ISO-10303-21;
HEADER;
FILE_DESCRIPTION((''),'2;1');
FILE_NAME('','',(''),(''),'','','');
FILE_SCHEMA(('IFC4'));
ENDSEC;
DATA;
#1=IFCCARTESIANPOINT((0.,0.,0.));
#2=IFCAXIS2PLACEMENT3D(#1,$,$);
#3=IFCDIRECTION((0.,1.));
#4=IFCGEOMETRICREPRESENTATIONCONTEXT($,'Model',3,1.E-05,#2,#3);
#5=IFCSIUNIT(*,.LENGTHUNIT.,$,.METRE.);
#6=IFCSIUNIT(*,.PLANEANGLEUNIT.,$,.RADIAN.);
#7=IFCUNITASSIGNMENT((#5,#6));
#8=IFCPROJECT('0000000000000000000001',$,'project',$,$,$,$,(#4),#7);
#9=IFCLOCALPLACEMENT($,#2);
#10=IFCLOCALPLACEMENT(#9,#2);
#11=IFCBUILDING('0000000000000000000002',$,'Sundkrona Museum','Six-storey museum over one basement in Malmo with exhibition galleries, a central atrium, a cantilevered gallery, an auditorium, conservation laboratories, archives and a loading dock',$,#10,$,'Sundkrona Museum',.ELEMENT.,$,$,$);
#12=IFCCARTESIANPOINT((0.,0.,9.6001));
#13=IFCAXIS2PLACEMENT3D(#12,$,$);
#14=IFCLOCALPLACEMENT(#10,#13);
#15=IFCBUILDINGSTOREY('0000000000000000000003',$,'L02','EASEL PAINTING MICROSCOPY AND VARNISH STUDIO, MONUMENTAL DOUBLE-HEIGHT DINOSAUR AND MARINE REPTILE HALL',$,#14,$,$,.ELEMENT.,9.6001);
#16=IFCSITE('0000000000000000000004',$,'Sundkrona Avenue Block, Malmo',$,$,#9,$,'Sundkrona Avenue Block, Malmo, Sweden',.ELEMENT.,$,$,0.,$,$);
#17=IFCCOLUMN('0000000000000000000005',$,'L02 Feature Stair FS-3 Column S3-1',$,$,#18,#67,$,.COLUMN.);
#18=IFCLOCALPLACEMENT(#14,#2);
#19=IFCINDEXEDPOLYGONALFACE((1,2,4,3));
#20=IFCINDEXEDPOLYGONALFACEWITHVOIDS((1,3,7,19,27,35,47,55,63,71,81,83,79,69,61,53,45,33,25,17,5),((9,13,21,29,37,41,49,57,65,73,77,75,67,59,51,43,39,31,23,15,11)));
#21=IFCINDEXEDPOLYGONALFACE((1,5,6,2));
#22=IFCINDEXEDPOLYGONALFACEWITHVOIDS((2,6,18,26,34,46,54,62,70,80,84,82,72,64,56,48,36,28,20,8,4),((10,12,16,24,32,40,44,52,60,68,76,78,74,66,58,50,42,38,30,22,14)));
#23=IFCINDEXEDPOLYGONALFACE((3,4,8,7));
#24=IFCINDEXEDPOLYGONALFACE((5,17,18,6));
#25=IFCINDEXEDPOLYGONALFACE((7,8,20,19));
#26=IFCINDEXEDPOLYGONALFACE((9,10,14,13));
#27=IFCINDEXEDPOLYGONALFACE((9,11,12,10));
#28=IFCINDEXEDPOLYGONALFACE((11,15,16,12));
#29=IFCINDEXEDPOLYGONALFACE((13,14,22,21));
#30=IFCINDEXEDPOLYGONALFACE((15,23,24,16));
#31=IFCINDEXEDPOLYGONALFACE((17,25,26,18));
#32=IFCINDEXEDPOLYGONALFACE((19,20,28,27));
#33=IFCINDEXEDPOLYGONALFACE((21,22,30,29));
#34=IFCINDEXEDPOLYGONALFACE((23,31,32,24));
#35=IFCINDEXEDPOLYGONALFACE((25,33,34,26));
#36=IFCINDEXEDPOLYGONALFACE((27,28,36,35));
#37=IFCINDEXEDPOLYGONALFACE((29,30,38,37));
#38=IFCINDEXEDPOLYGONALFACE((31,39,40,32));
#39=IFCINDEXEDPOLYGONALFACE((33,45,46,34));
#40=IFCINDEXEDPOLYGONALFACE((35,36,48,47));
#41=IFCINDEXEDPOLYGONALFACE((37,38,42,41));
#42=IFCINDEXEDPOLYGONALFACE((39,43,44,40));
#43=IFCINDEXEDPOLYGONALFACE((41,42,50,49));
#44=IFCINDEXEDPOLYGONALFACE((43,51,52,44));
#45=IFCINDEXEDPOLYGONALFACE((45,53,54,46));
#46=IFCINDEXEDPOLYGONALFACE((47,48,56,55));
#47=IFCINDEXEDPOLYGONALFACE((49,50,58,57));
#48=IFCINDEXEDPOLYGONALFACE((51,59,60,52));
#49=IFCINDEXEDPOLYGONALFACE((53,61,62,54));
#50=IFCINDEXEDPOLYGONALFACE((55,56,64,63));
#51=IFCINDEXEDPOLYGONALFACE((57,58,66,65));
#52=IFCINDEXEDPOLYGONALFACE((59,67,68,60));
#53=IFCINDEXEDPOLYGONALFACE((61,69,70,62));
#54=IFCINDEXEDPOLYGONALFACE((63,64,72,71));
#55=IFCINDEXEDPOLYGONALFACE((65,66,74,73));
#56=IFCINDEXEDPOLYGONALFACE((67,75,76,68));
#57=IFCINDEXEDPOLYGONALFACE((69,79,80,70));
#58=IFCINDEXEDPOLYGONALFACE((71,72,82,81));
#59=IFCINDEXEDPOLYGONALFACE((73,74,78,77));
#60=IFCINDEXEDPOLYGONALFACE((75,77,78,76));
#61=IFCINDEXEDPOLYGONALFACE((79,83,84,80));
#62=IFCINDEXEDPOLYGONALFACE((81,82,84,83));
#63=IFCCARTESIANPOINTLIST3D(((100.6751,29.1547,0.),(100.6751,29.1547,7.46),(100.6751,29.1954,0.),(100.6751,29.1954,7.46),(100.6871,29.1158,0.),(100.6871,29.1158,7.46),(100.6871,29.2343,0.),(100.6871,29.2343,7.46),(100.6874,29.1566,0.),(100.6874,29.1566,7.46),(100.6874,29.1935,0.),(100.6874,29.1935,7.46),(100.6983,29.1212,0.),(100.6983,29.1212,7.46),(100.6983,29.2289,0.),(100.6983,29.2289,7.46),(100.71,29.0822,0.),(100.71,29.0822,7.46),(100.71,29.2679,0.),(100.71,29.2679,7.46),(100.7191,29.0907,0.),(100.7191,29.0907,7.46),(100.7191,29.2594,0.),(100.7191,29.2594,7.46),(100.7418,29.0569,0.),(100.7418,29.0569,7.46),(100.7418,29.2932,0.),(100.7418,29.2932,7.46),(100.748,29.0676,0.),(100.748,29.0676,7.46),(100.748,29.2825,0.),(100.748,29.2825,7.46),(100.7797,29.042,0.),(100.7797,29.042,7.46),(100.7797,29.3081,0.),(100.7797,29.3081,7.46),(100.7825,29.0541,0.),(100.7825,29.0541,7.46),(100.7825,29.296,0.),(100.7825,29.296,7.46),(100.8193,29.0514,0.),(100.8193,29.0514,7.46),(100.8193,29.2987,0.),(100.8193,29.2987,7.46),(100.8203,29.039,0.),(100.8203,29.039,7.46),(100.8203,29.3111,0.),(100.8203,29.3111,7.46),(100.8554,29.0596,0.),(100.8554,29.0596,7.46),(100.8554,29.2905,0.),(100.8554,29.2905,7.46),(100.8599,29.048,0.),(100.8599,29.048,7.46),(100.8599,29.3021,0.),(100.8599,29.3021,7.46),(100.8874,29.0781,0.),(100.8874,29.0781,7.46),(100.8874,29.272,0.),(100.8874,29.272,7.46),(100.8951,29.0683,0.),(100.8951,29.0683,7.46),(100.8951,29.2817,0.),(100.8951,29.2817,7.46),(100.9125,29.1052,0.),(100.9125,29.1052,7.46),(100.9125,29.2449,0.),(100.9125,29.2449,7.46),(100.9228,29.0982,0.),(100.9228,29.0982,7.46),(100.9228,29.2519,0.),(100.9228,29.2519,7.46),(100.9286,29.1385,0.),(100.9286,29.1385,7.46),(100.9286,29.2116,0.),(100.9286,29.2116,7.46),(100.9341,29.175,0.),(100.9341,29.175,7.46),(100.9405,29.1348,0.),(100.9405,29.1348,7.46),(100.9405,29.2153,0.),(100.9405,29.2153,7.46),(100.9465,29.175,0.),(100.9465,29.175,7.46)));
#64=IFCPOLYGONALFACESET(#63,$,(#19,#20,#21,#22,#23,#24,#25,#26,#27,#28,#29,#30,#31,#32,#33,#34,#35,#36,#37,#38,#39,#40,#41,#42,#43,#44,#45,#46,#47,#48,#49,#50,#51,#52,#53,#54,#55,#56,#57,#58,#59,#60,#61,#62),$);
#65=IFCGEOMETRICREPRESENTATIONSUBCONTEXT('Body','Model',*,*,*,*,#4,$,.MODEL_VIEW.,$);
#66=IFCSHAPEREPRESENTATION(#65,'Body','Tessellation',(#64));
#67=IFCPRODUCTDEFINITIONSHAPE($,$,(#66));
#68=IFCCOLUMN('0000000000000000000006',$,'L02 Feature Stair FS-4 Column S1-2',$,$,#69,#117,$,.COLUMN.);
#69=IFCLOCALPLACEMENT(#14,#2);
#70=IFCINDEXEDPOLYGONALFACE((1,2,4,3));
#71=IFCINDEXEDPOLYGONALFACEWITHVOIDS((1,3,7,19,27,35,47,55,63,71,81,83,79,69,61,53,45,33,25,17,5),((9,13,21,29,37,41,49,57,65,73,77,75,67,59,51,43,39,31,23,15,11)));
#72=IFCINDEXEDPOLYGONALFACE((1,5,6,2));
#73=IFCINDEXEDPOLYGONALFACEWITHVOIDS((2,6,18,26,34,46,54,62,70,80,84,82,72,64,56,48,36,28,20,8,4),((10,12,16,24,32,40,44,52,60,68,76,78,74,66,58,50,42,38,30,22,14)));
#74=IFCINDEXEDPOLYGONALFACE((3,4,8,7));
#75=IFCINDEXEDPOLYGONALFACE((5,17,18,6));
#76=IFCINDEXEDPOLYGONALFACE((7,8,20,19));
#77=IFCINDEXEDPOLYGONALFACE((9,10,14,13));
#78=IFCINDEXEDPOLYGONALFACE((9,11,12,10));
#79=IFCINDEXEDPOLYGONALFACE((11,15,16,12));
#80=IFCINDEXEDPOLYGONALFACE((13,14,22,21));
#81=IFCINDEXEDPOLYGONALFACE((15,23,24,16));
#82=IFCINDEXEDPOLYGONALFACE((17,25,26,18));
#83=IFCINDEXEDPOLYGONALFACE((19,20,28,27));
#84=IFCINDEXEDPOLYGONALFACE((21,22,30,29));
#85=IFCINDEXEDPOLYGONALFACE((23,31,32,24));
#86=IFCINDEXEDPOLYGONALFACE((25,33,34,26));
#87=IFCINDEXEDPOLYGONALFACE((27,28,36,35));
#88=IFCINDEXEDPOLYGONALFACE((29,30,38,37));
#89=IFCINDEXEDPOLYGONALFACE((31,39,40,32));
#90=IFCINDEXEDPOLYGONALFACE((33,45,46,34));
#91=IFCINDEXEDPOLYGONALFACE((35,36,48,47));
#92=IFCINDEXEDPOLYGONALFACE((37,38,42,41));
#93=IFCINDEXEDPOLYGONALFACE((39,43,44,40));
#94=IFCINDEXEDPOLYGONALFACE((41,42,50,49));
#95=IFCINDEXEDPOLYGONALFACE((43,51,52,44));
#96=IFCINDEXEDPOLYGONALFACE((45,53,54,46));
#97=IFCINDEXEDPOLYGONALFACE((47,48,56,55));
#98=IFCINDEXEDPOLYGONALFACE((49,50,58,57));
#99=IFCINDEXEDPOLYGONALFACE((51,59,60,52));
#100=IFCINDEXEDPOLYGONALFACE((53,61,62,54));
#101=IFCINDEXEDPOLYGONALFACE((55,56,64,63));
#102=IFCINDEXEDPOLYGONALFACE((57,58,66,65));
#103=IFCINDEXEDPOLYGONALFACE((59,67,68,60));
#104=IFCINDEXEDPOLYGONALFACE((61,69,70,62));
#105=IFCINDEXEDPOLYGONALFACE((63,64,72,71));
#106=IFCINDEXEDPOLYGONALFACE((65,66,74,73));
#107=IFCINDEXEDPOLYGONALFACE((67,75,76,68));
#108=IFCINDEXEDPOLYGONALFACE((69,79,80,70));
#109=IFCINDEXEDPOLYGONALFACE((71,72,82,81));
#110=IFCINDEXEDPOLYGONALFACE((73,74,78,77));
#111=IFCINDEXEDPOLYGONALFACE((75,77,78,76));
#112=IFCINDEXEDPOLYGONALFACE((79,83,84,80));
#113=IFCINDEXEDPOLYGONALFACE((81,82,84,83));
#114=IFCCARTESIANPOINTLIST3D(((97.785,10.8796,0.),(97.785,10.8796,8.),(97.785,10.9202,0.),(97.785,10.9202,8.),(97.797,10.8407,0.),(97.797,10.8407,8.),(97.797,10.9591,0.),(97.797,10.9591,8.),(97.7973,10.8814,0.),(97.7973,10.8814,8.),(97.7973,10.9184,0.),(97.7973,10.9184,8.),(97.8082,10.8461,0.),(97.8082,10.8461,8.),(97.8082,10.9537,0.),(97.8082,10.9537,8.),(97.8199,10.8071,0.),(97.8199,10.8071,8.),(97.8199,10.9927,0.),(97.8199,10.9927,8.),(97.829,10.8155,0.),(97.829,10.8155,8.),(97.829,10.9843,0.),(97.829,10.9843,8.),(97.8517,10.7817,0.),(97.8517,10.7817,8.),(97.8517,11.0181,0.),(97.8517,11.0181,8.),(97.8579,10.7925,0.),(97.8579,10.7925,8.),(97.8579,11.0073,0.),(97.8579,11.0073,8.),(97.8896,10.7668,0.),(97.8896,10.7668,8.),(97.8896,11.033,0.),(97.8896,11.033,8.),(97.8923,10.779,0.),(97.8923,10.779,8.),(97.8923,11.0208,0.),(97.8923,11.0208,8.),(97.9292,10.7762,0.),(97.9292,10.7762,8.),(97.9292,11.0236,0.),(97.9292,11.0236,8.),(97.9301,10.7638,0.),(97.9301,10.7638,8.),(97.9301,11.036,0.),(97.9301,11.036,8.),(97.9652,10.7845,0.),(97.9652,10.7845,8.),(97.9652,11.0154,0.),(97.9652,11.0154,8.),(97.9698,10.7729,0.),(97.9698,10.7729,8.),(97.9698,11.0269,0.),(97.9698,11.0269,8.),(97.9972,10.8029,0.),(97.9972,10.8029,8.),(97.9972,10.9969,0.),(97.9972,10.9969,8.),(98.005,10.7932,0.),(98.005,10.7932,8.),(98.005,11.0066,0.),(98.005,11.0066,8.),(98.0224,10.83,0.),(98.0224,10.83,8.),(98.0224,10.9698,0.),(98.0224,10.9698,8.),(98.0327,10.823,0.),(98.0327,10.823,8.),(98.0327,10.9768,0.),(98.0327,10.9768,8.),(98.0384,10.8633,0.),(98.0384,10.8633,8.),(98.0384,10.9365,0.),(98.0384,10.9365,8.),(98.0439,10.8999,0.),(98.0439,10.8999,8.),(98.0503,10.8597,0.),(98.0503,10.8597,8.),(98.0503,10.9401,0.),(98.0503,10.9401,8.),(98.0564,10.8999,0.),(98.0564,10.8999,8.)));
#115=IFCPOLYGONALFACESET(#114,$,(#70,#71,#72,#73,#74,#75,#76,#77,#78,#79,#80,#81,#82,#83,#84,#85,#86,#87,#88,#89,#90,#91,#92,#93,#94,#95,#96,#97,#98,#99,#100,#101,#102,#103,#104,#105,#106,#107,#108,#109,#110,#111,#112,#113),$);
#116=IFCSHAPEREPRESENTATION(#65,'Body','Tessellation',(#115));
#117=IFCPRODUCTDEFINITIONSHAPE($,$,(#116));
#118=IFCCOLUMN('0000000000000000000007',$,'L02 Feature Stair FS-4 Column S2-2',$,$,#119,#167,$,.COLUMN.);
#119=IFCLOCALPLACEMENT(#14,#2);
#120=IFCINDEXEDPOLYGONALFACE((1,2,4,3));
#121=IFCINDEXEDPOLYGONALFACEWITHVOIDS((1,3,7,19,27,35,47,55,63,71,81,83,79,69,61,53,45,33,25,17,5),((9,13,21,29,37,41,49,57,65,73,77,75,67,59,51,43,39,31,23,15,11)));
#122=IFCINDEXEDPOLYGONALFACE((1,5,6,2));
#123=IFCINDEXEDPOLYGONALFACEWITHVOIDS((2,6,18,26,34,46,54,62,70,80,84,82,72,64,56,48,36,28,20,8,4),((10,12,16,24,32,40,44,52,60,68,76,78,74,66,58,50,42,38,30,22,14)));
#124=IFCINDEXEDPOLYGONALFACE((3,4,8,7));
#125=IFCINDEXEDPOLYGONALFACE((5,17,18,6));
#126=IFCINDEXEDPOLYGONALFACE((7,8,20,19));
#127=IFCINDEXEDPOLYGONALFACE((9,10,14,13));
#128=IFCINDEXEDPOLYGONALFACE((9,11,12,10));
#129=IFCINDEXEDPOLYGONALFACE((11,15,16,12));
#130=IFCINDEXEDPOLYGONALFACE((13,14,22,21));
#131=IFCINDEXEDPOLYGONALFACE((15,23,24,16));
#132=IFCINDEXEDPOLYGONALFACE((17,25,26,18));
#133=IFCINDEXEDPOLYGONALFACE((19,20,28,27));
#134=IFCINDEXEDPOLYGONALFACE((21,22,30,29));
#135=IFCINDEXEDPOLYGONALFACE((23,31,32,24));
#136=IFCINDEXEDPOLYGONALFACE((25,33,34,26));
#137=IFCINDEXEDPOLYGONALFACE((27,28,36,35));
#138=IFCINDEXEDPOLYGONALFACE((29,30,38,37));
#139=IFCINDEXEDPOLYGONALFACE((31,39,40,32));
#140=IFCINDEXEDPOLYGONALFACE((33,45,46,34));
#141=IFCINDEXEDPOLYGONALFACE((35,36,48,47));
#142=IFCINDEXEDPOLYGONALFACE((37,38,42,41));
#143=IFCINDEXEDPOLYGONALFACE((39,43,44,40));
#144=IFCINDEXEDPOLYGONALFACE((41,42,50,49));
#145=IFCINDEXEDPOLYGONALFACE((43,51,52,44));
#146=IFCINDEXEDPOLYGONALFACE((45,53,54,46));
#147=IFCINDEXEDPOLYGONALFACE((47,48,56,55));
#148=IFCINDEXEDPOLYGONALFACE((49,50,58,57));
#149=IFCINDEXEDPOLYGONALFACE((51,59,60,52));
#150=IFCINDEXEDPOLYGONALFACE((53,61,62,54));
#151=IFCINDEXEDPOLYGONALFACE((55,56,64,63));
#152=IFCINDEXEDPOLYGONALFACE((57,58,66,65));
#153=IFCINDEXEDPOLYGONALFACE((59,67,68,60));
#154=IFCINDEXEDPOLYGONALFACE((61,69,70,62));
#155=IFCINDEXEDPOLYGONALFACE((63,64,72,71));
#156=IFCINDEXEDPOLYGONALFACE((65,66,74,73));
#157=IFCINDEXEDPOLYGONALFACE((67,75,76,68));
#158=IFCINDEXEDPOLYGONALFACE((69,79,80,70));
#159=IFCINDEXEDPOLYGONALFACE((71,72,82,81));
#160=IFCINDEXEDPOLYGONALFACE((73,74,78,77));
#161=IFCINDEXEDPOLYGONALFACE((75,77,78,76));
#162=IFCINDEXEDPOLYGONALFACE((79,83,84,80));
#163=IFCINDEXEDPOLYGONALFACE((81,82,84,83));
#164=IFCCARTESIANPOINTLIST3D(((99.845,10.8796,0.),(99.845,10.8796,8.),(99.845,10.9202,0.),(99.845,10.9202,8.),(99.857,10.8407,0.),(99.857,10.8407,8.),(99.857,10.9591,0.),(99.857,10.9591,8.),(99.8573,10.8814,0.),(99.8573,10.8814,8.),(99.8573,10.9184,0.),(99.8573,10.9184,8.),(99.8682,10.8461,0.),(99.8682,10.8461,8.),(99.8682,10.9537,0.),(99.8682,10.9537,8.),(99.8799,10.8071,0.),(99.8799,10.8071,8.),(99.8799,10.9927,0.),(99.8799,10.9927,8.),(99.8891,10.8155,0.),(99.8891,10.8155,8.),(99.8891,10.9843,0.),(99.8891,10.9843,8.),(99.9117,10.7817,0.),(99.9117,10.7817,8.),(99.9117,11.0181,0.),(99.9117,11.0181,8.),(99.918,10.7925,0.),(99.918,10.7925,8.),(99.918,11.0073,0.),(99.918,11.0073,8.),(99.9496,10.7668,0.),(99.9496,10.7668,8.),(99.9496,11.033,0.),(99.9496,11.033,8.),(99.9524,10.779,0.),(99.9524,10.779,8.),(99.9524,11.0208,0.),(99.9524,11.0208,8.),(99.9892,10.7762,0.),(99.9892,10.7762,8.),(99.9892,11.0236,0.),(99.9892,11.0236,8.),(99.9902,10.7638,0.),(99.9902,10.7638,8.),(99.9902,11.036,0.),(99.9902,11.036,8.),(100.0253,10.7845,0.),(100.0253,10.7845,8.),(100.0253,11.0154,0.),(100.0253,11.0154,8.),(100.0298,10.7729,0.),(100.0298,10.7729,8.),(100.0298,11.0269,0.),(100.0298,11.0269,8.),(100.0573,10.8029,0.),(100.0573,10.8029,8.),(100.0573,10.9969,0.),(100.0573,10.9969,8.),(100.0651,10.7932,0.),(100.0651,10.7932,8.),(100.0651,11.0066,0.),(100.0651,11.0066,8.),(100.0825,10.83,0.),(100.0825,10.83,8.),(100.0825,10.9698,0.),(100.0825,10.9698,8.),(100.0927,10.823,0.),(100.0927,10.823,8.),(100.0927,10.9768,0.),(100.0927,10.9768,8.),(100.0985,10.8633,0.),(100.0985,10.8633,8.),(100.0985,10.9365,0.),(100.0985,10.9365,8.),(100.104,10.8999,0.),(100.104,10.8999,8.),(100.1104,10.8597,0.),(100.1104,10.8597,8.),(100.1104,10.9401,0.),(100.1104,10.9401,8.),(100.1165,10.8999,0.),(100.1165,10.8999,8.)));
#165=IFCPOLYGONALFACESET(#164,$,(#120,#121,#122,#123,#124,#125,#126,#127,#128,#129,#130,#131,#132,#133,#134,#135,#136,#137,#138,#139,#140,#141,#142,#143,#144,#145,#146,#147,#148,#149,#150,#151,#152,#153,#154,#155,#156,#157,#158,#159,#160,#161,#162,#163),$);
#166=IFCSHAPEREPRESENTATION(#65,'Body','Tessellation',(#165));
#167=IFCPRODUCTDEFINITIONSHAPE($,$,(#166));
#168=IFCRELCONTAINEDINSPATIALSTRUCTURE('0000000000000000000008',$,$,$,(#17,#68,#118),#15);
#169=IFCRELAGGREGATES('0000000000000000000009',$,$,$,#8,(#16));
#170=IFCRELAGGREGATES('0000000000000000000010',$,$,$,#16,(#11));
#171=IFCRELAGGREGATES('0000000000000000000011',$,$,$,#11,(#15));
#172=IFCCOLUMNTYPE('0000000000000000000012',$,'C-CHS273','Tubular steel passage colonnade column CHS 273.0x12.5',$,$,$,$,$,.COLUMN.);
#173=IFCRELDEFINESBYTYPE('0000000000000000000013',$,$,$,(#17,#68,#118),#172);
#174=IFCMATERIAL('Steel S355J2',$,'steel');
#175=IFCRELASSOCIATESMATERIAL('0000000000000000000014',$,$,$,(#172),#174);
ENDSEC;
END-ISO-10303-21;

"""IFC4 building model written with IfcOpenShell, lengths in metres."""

from ifc_helpers import new_model, si_unit, direction, frame, origin, origin_2d, place, context, subcontext, project, spatial, hollow_circle, extrude, material, material_profile, profile_set, type_object, element, save


model = new_model("IFC4")

# Units and contexts
model_context = context("Model", 3, precision=1e-05, world=origin(), true_north=direction((0.0, 1.0)))
body_context = subcontext(model_context, "Body", "Model", "MODEL_VIEW")
ifc_project = project(units=[si_unit("LENGTHUNIT", "METRE"), si_unit("PLANEANGLEUNIT", "RADIAN")], contexts=[model_context])

# Site, building, storey
site_placement = place(None, origin())
site = spatial("IfcSite", under=ifc_project, at=site_placement, Name="Sundkrona Avenue Block, Malmo", LongName="Sundkrona Avenue Block, Malmo, Sweden", CompositionType="ELEMENT", RefElevation=0.0)
building_placement = place(site_placement, origin())
building = spatial("IfcBuilding", under=site, at=building_placement, Name="Sundkrona Museum", Description="Six-storey museum over one basement in Malmo with exhibition galleries, a central atrium, a cantilevered gallery, an auditorium, conservation laboratories, archives and a loading dock", LongName="Sundkrona Museum", CompositionType="ELEMENT")
storey_placement = place(building_placement, frame((0.0, 0.0, 9.6001)))
storey = spatial("IfcBuildingStorey", under=building, at=storey_placement, Name="L02", Description="EASEL PAINTING MICROSCOPY AND VARNISH STUDIO, MONUMENTAL DOUBLE-HEIGHT DINOSAUR AND MARINE REPTILE HALL", CompositionType="ELEMENT", Elevation=9.6001)

# Columns
ifc_material_1 = material(Name="Steel S355J2", Category="steel")
ifc_material_profile_1 = material_profile(ifc_material_1, hollow_circle(Radius=0.1365, WallThickness=0.0125, at=origin_2d()), Name="CHS 273.0x12.5")
ifc_profile_set_1 = profile_set([ifc_material_profile_1], Name="Steel S355J2")
column_type = type_object("IfcColumnType", Name="C-CHS273", Description="Tubular steel passage colonnade column CHS 273.0x12.5", PredefinedType="COLUMN", material=ifc_profile_set_1)
column_placement = place(storey_placement, frame((100.8101, 29.175, 0.0), z_axis=(0.0, 0.0, 1.0), x_axis=(1.0, 0.0, 0.0)))
element("IfcColumn", 1, at=column_placement, inside=storey, type_object=column_type, Name="L02 Feature Stair FS-3 Column S3-1", PredefinedType="COLUMN", context=body_context, shape_type="SweptSolid", body=[
    extrude(hollow_circle(Radius=0.1365, WallThickness=0.0125, at=origin_2d()), origin(), (0.0, 0.0, 1.0), 7.46),
])
for number, where, z_axis, x_axis, name in (
    (2, (97.9199, 10.8999, 0.0), (0.0, 0.0, 1.0), (1.0, 0.0, 0.0), "L02 Feature Stair FS-4 Column S1-2"),
    (3, (99.98, 10.8999, 0.0), (0.0, 0.0, 1.0), (1.0, 0.0, 0.0), "L02 Feature Stair FS-4 Column S2-2"),
):
    element("IfcColumn", number, at=place(storey_placement, frame(where, z_axis=z_axis, x_axis=x_axis)), inside=storey, type_object=column_type, Name=name, PredefinedType="COLUMN", context=body_context, shape_type="SweptSolid", body=[
        extrude(hollow_circle(Radius=0.1365, WallThickness=0.0125, at=origin_2d()), origin(), (0.0, 0.0, 1.0), 8.0),
    ])

save(model, "model.ifc")
